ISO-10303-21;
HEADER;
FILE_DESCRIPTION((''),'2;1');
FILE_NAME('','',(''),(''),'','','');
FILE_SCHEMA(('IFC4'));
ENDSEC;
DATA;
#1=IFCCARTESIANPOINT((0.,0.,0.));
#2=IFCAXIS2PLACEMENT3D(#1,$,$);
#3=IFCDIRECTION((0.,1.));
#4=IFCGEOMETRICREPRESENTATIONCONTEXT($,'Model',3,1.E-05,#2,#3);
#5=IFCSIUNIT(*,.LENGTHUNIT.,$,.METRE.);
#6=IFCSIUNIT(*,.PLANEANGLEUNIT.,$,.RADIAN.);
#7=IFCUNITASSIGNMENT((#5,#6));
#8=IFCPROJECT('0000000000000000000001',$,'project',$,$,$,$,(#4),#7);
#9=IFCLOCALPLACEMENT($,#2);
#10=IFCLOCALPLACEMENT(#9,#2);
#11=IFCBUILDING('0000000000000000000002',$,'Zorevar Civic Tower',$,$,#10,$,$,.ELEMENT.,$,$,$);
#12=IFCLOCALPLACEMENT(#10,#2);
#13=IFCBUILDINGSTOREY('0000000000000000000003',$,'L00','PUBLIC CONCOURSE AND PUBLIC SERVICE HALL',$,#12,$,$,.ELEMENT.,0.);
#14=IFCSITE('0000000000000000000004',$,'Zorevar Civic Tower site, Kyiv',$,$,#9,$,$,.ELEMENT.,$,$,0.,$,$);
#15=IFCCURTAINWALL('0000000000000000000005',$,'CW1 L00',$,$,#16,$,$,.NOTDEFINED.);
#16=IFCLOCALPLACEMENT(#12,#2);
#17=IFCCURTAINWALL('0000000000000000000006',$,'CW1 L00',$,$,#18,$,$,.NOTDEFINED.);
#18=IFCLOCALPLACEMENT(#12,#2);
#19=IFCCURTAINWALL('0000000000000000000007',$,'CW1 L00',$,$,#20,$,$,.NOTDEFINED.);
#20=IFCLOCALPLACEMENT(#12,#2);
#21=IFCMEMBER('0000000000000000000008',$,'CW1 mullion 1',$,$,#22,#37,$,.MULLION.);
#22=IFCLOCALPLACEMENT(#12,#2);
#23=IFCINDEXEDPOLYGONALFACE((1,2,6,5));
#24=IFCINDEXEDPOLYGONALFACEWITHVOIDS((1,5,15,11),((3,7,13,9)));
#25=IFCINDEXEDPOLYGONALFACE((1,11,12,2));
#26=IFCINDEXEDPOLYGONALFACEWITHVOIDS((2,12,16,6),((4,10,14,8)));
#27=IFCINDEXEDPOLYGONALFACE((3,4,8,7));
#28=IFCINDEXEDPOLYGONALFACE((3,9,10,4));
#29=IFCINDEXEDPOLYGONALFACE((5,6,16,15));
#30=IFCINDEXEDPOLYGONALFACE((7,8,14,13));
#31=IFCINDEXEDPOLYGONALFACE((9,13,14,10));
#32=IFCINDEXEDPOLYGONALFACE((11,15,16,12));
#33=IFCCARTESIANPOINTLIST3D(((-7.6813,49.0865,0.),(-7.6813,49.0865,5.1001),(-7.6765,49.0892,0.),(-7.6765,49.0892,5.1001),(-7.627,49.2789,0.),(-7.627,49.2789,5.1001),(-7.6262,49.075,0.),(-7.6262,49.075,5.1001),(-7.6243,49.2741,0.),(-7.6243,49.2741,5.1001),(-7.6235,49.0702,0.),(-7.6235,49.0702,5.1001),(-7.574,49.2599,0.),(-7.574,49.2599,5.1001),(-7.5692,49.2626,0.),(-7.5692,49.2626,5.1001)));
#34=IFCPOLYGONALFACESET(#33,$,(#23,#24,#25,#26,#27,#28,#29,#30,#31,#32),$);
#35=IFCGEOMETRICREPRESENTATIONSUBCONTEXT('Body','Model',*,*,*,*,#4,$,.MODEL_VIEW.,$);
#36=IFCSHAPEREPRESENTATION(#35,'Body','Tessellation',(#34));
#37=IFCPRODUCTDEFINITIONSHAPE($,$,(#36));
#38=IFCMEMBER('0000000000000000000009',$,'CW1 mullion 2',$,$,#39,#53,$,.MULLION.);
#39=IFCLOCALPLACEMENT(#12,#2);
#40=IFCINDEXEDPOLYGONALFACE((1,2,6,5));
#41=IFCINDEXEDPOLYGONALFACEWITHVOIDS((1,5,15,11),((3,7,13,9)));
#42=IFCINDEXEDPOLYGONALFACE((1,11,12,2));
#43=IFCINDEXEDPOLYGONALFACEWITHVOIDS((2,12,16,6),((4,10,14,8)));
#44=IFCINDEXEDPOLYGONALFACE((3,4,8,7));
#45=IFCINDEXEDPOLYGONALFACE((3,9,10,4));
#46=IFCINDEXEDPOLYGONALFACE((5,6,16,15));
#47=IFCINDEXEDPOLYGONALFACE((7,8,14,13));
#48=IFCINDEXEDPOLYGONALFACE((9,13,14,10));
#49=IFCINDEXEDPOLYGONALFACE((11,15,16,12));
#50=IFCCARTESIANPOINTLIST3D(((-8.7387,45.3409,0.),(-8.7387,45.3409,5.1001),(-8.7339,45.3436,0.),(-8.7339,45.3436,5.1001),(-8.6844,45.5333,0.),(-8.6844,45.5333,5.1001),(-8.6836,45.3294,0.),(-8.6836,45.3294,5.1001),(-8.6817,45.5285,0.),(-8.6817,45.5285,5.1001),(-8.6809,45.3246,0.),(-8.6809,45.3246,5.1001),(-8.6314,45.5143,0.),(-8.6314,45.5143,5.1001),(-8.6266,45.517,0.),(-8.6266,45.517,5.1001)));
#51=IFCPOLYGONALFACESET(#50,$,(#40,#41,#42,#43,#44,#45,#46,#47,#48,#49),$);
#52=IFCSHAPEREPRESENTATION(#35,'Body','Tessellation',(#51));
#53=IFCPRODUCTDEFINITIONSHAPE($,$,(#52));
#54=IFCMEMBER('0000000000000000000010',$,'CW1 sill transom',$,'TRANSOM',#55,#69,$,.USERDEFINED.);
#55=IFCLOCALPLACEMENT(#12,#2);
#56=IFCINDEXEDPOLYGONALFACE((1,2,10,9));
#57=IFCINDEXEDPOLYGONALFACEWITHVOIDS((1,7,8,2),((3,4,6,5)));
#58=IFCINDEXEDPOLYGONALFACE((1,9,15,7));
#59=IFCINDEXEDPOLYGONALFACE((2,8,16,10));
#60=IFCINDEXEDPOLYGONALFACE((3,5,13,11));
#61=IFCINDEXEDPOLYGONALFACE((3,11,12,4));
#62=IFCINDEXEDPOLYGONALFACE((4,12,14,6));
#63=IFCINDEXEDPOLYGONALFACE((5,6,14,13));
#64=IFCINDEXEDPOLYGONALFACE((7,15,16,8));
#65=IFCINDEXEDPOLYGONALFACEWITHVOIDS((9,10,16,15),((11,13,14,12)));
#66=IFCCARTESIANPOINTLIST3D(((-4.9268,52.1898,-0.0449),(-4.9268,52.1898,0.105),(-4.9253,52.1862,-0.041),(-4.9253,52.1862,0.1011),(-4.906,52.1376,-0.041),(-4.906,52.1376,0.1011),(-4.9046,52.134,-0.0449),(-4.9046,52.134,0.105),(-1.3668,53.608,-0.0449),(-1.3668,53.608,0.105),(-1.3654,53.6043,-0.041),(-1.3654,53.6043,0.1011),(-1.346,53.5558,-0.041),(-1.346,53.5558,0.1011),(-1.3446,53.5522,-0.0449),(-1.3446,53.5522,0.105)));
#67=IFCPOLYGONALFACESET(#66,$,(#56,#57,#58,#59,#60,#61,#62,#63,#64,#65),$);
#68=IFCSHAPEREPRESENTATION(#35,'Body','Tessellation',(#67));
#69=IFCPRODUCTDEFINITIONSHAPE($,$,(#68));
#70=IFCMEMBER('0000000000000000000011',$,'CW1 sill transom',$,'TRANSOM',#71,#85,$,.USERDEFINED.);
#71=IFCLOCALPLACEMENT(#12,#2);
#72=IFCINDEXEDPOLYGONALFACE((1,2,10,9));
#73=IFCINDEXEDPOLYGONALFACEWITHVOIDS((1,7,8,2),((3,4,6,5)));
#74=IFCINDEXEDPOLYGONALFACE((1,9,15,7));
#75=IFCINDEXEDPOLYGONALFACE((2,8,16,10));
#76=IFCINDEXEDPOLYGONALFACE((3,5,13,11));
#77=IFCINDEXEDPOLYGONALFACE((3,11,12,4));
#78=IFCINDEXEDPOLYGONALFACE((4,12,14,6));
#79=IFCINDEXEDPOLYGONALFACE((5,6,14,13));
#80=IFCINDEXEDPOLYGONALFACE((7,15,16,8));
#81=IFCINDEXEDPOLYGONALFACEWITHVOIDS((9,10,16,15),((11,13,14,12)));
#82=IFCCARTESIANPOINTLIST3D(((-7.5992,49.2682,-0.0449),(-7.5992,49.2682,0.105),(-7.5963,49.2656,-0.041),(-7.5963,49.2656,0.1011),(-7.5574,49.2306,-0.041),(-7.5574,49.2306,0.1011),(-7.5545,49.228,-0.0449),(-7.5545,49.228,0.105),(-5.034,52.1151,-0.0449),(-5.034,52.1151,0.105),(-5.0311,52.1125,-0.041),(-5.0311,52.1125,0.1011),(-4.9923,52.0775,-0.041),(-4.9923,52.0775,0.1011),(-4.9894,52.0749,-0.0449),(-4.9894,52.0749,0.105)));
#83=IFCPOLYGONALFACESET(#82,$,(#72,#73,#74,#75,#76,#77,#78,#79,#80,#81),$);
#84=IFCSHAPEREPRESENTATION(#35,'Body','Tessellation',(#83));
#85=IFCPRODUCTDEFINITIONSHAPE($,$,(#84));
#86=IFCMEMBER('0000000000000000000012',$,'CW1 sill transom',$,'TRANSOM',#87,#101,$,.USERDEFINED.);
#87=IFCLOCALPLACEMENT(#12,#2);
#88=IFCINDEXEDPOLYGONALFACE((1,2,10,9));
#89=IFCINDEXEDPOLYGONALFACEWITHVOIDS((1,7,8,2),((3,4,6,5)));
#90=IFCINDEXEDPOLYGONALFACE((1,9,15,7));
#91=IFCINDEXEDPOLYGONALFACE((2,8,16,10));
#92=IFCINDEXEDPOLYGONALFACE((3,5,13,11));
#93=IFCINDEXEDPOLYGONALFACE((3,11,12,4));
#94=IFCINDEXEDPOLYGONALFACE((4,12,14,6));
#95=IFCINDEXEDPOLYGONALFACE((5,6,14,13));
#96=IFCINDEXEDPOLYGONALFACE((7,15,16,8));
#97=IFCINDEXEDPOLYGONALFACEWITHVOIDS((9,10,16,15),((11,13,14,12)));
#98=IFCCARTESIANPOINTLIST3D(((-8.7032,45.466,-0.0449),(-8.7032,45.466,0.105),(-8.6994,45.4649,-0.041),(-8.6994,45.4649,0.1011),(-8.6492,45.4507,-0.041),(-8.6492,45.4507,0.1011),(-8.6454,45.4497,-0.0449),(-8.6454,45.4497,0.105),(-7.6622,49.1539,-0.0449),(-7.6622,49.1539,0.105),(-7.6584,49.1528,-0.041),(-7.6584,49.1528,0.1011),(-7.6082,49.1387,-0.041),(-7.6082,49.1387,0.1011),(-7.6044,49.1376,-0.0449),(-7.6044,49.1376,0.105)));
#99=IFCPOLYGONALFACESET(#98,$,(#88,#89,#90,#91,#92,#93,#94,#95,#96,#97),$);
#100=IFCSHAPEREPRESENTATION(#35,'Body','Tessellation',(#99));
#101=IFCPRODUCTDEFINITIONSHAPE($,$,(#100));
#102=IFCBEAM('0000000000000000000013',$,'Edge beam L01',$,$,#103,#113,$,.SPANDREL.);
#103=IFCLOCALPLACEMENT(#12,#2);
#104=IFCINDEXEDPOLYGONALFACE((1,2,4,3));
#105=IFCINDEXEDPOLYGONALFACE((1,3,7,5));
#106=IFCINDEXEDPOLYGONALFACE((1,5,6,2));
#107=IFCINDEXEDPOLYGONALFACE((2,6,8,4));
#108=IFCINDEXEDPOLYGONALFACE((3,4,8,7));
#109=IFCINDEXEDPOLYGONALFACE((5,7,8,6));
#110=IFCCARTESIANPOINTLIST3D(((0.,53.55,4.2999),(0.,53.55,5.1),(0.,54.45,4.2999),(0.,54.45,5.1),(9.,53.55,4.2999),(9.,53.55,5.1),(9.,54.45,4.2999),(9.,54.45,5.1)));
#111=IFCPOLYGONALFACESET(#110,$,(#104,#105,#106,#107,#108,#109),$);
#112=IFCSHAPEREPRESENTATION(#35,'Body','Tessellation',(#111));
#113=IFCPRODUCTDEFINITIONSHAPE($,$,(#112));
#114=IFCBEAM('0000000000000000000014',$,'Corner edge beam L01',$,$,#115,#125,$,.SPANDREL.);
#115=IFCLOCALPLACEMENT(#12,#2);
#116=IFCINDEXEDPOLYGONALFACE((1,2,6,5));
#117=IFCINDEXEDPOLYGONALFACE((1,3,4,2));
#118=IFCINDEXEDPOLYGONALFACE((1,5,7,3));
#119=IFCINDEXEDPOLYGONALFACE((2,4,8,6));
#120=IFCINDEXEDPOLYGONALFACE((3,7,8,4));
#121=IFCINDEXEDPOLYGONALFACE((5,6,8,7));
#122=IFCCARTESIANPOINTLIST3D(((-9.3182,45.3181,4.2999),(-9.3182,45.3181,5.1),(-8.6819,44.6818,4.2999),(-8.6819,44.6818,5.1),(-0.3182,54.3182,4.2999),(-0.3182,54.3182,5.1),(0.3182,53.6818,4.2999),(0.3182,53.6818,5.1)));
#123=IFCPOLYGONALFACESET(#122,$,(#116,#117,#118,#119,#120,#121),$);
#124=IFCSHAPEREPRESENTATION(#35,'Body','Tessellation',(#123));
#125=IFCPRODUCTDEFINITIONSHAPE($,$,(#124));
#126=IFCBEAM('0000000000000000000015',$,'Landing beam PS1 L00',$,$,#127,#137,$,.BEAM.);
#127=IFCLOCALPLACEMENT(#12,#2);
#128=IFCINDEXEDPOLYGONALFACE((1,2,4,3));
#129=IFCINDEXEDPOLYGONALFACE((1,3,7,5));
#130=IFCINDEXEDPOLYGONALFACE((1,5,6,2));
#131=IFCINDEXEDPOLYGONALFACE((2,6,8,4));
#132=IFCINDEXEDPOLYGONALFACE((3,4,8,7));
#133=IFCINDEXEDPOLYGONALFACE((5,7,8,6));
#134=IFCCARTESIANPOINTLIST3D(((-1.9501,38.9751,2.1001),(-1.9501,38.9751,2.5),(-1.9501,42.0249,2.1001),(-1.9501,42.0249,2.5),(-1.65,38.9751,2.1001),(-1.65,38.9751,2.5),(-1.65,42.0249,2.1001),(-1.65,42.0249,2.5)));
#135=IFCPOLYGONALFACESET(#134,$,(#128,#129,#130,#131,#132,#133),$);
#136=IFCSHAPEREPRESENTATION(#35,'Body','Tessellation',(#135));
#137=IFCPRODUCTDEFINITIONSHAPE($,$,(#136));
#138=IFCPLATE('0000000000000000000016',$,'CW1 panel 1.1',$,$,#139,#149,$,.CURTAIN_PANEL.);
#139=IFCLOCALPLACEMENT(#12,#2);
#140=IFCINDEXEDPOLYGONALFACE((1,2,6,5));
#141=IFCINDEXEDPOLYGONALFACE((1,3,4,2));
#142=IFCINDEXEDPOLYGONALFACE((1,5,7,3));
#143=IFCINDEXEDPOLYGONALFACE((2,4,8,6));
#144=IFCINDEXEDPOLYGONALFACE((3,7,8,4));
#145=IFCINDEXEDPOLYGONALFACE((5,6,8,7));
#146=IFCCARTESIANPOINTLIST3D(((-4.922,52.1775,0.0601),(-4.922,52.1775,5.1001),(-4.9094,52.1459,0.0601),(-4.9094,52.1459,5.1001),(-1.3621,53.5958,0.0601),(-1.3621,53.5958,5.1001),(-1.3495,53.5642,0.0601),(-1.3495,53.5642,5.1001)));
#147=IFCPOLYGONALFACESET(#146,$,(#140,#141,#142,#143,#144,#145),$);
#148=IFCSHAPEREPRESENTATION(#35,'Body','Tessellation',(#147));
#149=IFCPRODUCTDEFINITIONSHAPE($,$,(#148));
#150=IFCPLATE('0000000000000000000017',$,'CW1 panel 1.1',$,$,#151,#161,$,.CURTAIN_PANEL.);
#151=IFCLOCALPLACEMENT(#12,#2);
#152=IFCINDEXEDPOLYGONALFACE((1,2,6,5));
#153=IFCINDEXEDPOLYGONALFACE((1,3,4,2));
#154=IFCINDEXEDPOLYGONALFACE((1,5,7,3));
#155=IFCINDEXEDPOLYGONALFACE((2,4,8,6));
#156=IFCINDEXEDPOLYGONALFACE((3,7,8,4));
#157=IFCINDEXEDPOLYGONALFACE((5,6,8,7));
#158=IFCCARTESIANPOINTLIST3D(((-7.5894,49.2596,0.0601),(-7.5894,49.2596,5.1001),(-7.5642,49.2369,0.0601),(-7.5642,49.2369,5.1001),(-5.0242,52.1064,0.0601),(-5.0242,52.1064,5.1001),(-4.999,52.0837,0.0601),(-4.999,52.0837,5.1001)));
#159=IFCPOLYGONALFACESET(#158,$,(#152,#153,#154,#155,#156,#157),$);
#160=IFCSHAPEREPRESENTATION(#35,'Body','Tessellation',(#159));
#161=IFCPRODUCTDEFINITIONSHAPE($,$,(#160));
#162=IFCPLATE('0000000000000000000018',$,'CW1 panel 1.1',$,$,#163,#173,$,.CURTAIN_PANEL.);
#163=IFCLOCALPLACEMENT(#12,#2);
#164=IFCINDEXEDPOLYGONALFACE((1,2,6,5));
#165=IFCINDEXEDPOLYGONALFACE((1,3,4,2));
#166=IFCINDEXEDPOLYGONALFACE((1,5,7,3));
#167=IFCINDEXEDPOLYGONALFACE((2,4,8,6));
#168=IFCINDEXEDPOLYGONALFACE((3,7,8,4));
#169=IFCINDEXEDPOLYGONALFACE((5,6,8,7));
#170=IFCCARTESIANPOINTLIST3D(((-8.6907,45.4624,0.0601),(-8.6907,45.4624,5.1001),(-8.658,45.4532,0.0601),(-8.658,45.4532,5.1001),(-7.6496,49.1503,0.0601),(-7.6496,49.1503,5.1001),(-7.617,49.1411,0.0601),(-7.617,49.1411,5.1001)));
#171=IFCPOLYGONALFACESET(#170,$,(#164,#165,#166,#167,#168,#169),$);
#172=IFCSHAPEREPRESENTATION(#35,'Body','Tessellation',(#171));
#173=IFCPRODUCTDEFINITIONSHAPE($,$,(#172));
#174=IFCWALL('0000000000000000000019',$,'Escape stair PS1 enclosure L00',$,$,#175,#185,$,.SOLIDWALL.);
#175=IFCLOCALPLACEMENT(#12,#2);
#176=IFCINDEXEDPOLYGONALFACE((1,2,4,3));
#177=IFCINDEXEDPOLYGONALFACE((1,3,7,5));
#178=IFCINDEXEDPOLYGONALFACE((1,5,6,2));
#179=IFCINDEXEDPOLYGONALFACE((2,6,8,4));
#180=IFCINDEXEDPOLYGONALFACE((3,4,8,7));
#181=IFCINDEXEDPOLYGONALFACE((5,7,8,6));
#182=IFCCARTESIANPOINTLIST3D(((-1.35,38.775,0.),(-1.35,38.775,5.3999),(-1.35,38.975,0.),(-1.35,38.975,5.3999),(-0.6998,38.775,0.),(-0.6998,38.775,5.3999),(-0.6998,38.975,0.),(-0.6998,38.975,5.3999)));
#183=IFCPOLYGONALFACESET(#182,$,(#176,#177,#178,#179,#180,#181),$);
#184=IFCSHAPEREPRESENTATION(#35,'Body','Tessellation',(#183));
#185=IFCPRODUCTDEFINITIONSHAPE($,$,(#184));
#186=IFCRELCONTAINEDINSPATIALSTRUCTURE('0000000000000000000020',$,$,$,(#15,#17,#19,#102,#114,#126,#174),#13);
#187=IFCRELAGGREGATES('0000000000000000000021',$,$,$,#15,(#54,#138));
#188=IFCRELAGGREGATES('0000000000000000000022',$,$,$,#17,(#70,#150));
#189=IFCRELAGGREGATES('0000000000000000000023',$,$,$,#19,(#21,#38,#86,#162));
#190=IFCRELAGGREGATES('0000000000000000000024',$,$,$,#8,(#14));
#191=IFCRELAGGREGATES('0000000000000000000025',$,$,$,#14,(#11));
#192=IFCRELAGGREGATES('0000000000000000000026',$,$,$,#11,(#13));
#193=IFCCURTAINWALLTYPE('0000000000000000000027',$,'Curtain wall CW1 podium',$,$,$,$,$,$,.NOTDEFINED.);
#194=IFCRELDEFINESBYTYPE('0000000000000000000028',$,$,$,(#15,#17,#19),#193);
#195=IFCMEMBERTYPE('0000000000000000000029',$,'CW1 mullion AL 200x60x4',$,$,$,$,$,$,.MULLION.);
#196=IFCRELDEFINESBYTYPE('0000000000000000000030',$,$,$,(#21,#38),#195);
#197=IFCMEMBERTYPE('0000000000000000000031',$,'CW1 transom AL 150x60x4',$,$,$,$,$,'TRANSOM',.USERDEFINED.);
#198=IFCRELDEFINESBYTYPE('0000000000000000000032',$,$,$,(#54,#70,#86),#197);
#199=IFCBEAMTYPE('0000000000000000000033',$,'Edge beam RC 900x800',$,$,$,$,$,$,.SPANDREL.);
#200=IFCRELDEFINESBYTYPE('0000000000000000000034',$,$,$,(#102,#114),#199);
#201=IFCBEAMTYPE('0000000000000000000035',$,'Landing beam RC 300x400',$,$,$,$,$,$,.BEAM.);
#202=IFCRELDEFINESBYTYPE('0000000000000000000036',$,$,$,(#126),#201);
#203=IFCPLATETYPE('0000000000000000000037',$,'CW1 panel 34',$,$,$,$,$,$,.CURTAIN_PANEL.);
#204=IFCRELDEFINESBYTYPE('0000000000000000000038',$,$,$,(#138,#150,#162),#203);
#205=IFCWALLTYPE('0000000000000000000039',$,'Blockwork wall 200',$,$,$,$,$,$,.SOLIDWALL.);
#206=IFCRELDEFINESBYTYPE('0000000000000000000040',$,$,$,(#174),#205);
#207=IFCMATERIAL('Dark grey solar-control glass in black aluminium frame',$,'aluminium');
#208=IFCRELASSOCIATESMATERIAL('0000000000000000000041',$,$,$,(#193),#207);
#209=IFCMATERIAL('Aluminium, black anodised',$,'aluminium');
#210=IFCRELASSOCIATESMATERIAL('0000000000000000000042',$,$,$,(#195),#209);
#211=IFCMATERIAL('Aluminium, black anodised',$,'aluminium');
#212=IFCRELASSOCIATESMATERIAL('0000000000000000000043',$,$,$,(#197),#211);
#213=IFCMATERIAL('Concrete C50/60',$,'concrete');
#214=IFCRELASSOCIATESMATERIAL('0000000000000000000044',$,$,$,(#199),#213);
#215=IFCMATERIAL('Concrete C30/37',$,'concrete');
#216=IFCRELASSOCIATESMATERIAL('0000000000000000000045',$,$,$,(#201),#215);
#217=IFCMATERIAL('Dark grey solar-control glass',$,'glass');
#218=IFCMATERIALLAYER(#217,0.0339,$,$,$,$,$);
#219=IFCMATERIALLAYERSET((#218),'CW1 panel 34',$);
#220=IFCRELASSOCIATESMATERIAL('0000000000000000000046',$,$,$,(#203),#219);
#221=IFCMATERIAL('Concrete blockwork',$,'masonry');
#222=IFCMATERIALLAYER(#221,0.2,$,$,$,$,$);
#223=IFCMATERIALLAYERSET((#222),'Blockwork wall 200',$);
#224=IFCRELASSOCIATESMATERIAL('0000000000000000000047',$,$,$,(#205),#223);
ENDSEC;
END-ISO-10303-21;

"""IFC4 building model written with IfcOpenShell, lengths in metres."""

from ifc_helpers import new_model, si_unit, direction, frame, frame_2d, origin, origin_2d, place, context, subcontext, project, spatial, rectangle, hollow_rectangle, extrude, material, layer, layer_set, material_profile, profile_set, type_object, element, aggregate, save


model = new_model("IFC4")

# Units and contexts
model_context = context("Model", 3, precision=1e-05, world=origin(), true_north=direction((0.0, 1.0)))
body_context = subcontext(model_context, "Body", "Model", "MODEL_VIEW")
ifc_project = project(units=[si_unit("LENGTHUNIT", "METRE"), si_unit("PLANEANGLEUNIT", "RADIAN")], contexts=[model_context])

# Site, building, storey
site_placement = place(None, origin())
site = spatial("IfcSite", under=ifc_project, at=site_placement, Name="Zorevar Civic Tower site, Kyiv", CompositionType="ELEMENT", RefElevation=0.0)
building_placement = place(site_placement, origin())
building = spatial("IfcBuilding", under=site, at=building_placement, Name="Zorevar Civic Tower", CompositionType="ELEMENT")
storey_placement = place(building_placement, origin())
storey = spatial("IfcBuildingStorey", under=building, at=storey_placement, Name="L00", Description="PUBLIC CONCOURSE AND PUBLIC SERVICE HALL", CompositionType="ELEMENT", Elevation=0.0)

# Curtain walls, members
ifc_material_1 = material(Name="Dark grey solar-control glass in black aluminium frame", Category="aluminium")
curtain_wall_type = type_object("IfcCurtainWallType", Name="Curtain wall CW1 podium", PredefinedType="NOTDEFINED", material=ifc_material_1)
curtain_wall_1_placement = place(storey_placement, origin())
curtain_wall_1 = element("IfcCurtainWall", 1, at=curtain_wall_1_placement, inside=storey, type_object=curtain_wall_type, Name="CW1 L00", PredefinedType="NOTDEFINED")
ifc_material_2 = material(Name="Aluminium, black anodised", Category="aluminium")
ifc_material_profile_1 = material_profile(ifc_material_2, hollow_rectangle(XDim=0.0601, YDim=0.2, WallThickness=0.0039, at=origin_2d()), Name="AL 200x60x4")
ifc_profile_set_1 = profile_set([ifc_material_profile_1], Name="Aluminium, black anodised")
member_type_1 = type_object("IfcMemberType", Name="CW1 mullion AL 200x60x4", PredefinedType="MULLION", material=ifc_profile_set_1)
curtain_wall_2_placement = place(storey_placement, origin())
curtain_wall_2 = element("IfcCurtainWall", 2, at=curtain_wall_2_placement, inside=storey, type_object=curtain_wall_type, Name="CW1 L00", PredefinedType="NOTDEFINED")
curtain_wall_3_placement = place(storey_placement, origin())
curtain_wall_3 = element("IfcCurtainWall", 3, at=curtain_wall_3_placement, inside=storey, type_object=curtain_wall_type, Name="CW1 L00", PredefinedType="NOTDEFINED")
member_1_placement = place(storey_placement, frame((-7.6252, 49.1746, 0.0), z_axis=(0.0, 0.0, 1.0), x_axis=(0.962391, -0.271669, 0.0)))
member_1 = element("IfcMember", 4, at=member_1_placement, type_object=member_type_1, Name="CW1 mullion 1", PredefinedType="MULLION", context=body_context, shape_type="SweptSolid", body=[
    extrude(hollow_rectangle(XDim=0.0601, YDim=0.2, WallThickness=0.0039, at=origin_2d()), origin(), (0.0, 0.0, 1.0), 5.1001),
])
member_2_placement = place(storey_placement, frame((-8.6826, 45.429, 0.0), z_axis=(0.0, 0.0, 1.0), x_axis=(0.962391, -0.271669, 0.0)))
member_2 = element("IfcMember", 5, at=member_2_placement, type_object=member_type_1, Name="CW1 mullion 2", PredefinedType="MULLION", context=body_context, shape_type="SweptSolid", body=[
    extrude(hollow_rectangle(XDim=0.0601, YDim=0.2, WallThickness=0.0039, at=origin_2d()), origin(), (0.0, 0.0, 1.0), 5.1001),
])

# Members
ifc_material_3 = material(Name="Aluminium, black anodised", Category="aluminium")
ifc_material_profile_2 = material_profile(ifc_material_3, hollow_rectangle(XDim=0.0601, YDim=0.1499, WallThickness=0.0039, at=origin_2d()), Name="AL 150x60x4")
ifc_profile_set_2 = profile_set([ifc_material_profile_2], Name="Aluminium, black anodised")
member_type_2 = type_object("IfcMemberType", Name="CW1 transom AL 150x60x4", ElementType="TRANSOM", PredefinedType="USERDEFINED", material=ifc_profile_set_2)
member_3_placement = place(storey_placement, frame((-1.3557, 53.5801, 0.03), z_axis=(-0.928999, -0.370083, 0.0), x_axis=(0.370083, -0.928999, 0.0)))
member_3 = element("IfcMember", 6, at=member_3_placement, type_object=member_type_2, Name="CW1 sill transom", ObjectType="TRANSOM", PredefinedType="USERDEFINED", context=body_context, shape_type="SweptSolid", body=[
    extrude(hollow_rectangle(XDim=0.0601, YDim=0.1499, WallThickness=0.0039, at=origin_2d()), origin(), (0.0, 0.0, 1.0), 3.832),
])
member_4_placement = place(storey_placement, frame((-5.0117, 52.095, 0.03), z_axis=(-0.669391, -0.742911, 0.0), x_axis=(0.742911, -0.669391, 0.0)))
member_4 = element("IfcMember", 7, at=member_4_placement, type_object=member_type_2, Name="CW1 sill transom", ObjectType="TRANSOM", PredefinedType="USERDEFINED", context=body_context, shape_type="SweptSolid", body=[
    extrude(hollow_rectangle(XDim=0.0601, YDim=0.1499, WallThickness=0.0039, at=origin_2d()), origin(), (0.0, 0.0, 1.0), 3.832),
])
member_5_placement = place(storey_placement, frame((-7.6333, 49.1458, 0.03), z_axis=(-0.271657, -0.962394, 0.0), x_axis=(0.962394, -0.271657, 0.0)))
member_5 = element("IfcMember", 8, at=member_5_placement, type_object=member_type_2, Name="CW1 sill transom", ObjectType="TRANSOM", PredefinedType="USERDEFINED", context=body_context, shape_type="SweptSolid", body=[
    extrude(hollow_rectangle(XDim=0.0601, YDim=0.1499, WallThickness=0.0039, at=origin_2d()), origin(), (0.0, 0.0, 1.0), 3.832),
])

# Beams
ifc_material_4 = material(Name="Concrete C50/60", Category="concrete")
ifc_material_profile_3 = material_profile(ifc_material_4, rectangle(XDim=0.8999, YDim=0.8, at=origin_2d()), Name="RC 900x800")
ifc_profile_set_3 = profile_set([ifc_material_profile_3], Name="Concrete C50/60")
beam_type_1 = type_object("IfcBeamType", Name="Edge beam RC 900x800", PredefinedType="SPANDREL", material=ifc_profile_set_3)
beam_1_placement = place(storey_placement, frame((0.0, 54.0, 4.7), z_axis=(1.0, 0.0, 0.0), x_axis=(0.0, 1.0, 0.0)))
element("IfcBeam", 9, at=beam_1_placement, inside=storey, type_object=beam_type_1, Name="Edge beam L01", PredefinedType="SPANDREL", context=body_context, shape_type="SweptSolid", body=[
    extrude(rectangle(XDim=0.8999, YDim=0.8, at=origin_2d()), origin(), (0.0, 0.0, 1.0), 9.0),
])
beam_2_placement = place(storey_placement, frame((0.0, 54.0, 4.7), z_axis=(-0.707107, -0.707107, 0.0), x_axis=(0.707107, -0.707107, 0.0)))
element("IfcBeam", 10, at=beam_2_placement, inside=storey, type_object=beam_type_1, Name="Corner edge beam L01", PredefinedType="SPANDREL", context=body_context, shape_type="SweptSolid", body=[
    extrude(rectangle(XDim=0.8999, YDim=0.8, at=origin_2d()), origin(), (0.0, 0.0, 1.0), 12.728),
])
ifc_material_5 = material(Name="Concrete C30/37", Category="concrete")
ifc_material_profile_4 = material_profile(ifc_material_5, rectangle(XDim=0.3, YDim=0.3999, at=origin_2d()), Name="RC 300x400")
ifc_profile_set_4 = profile_set([ifc_material_profile_4], Name="Concrete C30/37")
beam_type_2 = type_object("IfcBeamType", Name="Landing beam RC 300x400", PredefinedType="BEAM", material=ifc_profile_set_4)
beam_3_placement = place(storey_placement, frame((-1.8, 38.9751, 2.3), z_axis=(0.0, 1.0, 0.0), x_axis=(-1.0, 0.0, 0.0)))
element("IfcBeam", 11, at=beam_3_placement, inside=storey, type_object=beam_type_2, Name="Landing beam PS1 L00", PredefinedType="BEAM", context=body_context, shape_type="SweptSolid", body=[
    extrude(rectangle(XDim=0.3, YDim=0.3999, at=origin_2d()), origin(), (0.0, 0.0, 1.0), 3.0498),
])

# Plates
ifc_material_6 = material(Name="Dark grey solar-control glass", Category="glass")
ifc_layer_1 = layer(ifc_material_6, 0.0339)
ifc_layer_set_1 = layer_set([ifc_layer_1], Name="CW1 panel 34")
plate_type = type_object("IfcPlateType", Name="CW1 panel 34", PredefinedType="CURTAIN_PANEL", material=ifc_layer_set_1)
plate_1_placement = place(storey_placement, frame((-3.1357, 52.8708, 0.0601), z_axis=(0.0, 0.0, 1.0), x_axis=(-0.928988, -0.370111, 0.0)))
plate_1 = element("IfcPlate", 12, at=plate_1_placement, type_object=plate_type, Name="CW1 panel 1.1", PredefinedType="CURTAIN_PANEL", context=body_context, shape_type="SweptSolid", body=[
    extrude(rectangle(XDim=3.832, YDim=0.0339, at=origin_2d()), origin(), (0.0, 0.0, 1.0), 5.04),
])
aggregate(curtain_wall_1, [member_3, plate_1])
plate_2_placement = place(storey_placement, frame((-6.2942, 50.6716, 0.0601), z_axis=(0.0, 0.0, 1.0), x_axis=(-0.669403, -0.7429, 0.0)))
plate_2 = element("IfcPlate", 13, at=plate_2_placement, type_object=plate_type, Name="CW1 panel 1.1", PredefinedType="CURTAIN_PANEL", context=body_context, shape_type="SweptSolid", body=[
    extrude(rectangle(XDim=3.832, YDim=0.0339, at=origin_2d()), origin(), (0.0, 0.0, 1.0), 5.04),
])
aggregate(curtain_wall_2, [member_4, plate_2])
plate_3_placement = place(storey_placement, frame((-8.1538, 47.3018, 0.0601), z_axis=(0.0, 0.0, 1.0), x_axis=(-0.271669, -0.962391, 0.0)))
plate_3 = element("IfcPlate", 14, at=plate_3_placement, type_object=plate_type, Name="CW1 panel 1.1", PredefinedType="CURTAIN_PANEL", context=body_context, shape_type="SweptSolid", body=[
    extrude(rectangle(XDim=3.832, YDim=0.0339, at=origin_2d()), origin(), (0.0, 0.0, 1.0), 5.04),
])
aggregate(curtain_wall_3, [member_1, member_2, member_5, plate_3])

# Wall
ifc_material_7 = material(Name="Concrete blockwork", Category="masonry")
ifc_layer_2 = layer(ifc_material_7, 0.2)
ifc_layer_set_2 = layer_set([ifc_layer_2], Name="Blockwork wall 200")
wall_type_1 = type_object("IfcWallType", Name="Blockwork wall 200", PredefinedType="SOLIDWALL", material=ifc_layer_set_2)
for number, where, z_axis, x_axis, name in (
    (15, (-1.3501, 38.875, 0.0), (0.0, 0.0, 1.0), (1.0, 0.0, 0.0), "Escape stair PS1 enclosure L00"),
):
    element("IfcWall", number, at=place(storey_placement, frame(where, z_axis=z_axis, x_axis=x_axis)), inside=storey, type_object=wall_type_1, Name=name, PredefinedType="SOLIDWALL", context=body_context, shape_type="SweptSolid", body=[
        extrude(rectangle(XDim=0.6501, YDim=0.2, at=frame_2d((0.3252, 0.0))), origin(), (0.0, 0.0, 1.0), 5.3999),
    ])

save(model, "model.ifc")
